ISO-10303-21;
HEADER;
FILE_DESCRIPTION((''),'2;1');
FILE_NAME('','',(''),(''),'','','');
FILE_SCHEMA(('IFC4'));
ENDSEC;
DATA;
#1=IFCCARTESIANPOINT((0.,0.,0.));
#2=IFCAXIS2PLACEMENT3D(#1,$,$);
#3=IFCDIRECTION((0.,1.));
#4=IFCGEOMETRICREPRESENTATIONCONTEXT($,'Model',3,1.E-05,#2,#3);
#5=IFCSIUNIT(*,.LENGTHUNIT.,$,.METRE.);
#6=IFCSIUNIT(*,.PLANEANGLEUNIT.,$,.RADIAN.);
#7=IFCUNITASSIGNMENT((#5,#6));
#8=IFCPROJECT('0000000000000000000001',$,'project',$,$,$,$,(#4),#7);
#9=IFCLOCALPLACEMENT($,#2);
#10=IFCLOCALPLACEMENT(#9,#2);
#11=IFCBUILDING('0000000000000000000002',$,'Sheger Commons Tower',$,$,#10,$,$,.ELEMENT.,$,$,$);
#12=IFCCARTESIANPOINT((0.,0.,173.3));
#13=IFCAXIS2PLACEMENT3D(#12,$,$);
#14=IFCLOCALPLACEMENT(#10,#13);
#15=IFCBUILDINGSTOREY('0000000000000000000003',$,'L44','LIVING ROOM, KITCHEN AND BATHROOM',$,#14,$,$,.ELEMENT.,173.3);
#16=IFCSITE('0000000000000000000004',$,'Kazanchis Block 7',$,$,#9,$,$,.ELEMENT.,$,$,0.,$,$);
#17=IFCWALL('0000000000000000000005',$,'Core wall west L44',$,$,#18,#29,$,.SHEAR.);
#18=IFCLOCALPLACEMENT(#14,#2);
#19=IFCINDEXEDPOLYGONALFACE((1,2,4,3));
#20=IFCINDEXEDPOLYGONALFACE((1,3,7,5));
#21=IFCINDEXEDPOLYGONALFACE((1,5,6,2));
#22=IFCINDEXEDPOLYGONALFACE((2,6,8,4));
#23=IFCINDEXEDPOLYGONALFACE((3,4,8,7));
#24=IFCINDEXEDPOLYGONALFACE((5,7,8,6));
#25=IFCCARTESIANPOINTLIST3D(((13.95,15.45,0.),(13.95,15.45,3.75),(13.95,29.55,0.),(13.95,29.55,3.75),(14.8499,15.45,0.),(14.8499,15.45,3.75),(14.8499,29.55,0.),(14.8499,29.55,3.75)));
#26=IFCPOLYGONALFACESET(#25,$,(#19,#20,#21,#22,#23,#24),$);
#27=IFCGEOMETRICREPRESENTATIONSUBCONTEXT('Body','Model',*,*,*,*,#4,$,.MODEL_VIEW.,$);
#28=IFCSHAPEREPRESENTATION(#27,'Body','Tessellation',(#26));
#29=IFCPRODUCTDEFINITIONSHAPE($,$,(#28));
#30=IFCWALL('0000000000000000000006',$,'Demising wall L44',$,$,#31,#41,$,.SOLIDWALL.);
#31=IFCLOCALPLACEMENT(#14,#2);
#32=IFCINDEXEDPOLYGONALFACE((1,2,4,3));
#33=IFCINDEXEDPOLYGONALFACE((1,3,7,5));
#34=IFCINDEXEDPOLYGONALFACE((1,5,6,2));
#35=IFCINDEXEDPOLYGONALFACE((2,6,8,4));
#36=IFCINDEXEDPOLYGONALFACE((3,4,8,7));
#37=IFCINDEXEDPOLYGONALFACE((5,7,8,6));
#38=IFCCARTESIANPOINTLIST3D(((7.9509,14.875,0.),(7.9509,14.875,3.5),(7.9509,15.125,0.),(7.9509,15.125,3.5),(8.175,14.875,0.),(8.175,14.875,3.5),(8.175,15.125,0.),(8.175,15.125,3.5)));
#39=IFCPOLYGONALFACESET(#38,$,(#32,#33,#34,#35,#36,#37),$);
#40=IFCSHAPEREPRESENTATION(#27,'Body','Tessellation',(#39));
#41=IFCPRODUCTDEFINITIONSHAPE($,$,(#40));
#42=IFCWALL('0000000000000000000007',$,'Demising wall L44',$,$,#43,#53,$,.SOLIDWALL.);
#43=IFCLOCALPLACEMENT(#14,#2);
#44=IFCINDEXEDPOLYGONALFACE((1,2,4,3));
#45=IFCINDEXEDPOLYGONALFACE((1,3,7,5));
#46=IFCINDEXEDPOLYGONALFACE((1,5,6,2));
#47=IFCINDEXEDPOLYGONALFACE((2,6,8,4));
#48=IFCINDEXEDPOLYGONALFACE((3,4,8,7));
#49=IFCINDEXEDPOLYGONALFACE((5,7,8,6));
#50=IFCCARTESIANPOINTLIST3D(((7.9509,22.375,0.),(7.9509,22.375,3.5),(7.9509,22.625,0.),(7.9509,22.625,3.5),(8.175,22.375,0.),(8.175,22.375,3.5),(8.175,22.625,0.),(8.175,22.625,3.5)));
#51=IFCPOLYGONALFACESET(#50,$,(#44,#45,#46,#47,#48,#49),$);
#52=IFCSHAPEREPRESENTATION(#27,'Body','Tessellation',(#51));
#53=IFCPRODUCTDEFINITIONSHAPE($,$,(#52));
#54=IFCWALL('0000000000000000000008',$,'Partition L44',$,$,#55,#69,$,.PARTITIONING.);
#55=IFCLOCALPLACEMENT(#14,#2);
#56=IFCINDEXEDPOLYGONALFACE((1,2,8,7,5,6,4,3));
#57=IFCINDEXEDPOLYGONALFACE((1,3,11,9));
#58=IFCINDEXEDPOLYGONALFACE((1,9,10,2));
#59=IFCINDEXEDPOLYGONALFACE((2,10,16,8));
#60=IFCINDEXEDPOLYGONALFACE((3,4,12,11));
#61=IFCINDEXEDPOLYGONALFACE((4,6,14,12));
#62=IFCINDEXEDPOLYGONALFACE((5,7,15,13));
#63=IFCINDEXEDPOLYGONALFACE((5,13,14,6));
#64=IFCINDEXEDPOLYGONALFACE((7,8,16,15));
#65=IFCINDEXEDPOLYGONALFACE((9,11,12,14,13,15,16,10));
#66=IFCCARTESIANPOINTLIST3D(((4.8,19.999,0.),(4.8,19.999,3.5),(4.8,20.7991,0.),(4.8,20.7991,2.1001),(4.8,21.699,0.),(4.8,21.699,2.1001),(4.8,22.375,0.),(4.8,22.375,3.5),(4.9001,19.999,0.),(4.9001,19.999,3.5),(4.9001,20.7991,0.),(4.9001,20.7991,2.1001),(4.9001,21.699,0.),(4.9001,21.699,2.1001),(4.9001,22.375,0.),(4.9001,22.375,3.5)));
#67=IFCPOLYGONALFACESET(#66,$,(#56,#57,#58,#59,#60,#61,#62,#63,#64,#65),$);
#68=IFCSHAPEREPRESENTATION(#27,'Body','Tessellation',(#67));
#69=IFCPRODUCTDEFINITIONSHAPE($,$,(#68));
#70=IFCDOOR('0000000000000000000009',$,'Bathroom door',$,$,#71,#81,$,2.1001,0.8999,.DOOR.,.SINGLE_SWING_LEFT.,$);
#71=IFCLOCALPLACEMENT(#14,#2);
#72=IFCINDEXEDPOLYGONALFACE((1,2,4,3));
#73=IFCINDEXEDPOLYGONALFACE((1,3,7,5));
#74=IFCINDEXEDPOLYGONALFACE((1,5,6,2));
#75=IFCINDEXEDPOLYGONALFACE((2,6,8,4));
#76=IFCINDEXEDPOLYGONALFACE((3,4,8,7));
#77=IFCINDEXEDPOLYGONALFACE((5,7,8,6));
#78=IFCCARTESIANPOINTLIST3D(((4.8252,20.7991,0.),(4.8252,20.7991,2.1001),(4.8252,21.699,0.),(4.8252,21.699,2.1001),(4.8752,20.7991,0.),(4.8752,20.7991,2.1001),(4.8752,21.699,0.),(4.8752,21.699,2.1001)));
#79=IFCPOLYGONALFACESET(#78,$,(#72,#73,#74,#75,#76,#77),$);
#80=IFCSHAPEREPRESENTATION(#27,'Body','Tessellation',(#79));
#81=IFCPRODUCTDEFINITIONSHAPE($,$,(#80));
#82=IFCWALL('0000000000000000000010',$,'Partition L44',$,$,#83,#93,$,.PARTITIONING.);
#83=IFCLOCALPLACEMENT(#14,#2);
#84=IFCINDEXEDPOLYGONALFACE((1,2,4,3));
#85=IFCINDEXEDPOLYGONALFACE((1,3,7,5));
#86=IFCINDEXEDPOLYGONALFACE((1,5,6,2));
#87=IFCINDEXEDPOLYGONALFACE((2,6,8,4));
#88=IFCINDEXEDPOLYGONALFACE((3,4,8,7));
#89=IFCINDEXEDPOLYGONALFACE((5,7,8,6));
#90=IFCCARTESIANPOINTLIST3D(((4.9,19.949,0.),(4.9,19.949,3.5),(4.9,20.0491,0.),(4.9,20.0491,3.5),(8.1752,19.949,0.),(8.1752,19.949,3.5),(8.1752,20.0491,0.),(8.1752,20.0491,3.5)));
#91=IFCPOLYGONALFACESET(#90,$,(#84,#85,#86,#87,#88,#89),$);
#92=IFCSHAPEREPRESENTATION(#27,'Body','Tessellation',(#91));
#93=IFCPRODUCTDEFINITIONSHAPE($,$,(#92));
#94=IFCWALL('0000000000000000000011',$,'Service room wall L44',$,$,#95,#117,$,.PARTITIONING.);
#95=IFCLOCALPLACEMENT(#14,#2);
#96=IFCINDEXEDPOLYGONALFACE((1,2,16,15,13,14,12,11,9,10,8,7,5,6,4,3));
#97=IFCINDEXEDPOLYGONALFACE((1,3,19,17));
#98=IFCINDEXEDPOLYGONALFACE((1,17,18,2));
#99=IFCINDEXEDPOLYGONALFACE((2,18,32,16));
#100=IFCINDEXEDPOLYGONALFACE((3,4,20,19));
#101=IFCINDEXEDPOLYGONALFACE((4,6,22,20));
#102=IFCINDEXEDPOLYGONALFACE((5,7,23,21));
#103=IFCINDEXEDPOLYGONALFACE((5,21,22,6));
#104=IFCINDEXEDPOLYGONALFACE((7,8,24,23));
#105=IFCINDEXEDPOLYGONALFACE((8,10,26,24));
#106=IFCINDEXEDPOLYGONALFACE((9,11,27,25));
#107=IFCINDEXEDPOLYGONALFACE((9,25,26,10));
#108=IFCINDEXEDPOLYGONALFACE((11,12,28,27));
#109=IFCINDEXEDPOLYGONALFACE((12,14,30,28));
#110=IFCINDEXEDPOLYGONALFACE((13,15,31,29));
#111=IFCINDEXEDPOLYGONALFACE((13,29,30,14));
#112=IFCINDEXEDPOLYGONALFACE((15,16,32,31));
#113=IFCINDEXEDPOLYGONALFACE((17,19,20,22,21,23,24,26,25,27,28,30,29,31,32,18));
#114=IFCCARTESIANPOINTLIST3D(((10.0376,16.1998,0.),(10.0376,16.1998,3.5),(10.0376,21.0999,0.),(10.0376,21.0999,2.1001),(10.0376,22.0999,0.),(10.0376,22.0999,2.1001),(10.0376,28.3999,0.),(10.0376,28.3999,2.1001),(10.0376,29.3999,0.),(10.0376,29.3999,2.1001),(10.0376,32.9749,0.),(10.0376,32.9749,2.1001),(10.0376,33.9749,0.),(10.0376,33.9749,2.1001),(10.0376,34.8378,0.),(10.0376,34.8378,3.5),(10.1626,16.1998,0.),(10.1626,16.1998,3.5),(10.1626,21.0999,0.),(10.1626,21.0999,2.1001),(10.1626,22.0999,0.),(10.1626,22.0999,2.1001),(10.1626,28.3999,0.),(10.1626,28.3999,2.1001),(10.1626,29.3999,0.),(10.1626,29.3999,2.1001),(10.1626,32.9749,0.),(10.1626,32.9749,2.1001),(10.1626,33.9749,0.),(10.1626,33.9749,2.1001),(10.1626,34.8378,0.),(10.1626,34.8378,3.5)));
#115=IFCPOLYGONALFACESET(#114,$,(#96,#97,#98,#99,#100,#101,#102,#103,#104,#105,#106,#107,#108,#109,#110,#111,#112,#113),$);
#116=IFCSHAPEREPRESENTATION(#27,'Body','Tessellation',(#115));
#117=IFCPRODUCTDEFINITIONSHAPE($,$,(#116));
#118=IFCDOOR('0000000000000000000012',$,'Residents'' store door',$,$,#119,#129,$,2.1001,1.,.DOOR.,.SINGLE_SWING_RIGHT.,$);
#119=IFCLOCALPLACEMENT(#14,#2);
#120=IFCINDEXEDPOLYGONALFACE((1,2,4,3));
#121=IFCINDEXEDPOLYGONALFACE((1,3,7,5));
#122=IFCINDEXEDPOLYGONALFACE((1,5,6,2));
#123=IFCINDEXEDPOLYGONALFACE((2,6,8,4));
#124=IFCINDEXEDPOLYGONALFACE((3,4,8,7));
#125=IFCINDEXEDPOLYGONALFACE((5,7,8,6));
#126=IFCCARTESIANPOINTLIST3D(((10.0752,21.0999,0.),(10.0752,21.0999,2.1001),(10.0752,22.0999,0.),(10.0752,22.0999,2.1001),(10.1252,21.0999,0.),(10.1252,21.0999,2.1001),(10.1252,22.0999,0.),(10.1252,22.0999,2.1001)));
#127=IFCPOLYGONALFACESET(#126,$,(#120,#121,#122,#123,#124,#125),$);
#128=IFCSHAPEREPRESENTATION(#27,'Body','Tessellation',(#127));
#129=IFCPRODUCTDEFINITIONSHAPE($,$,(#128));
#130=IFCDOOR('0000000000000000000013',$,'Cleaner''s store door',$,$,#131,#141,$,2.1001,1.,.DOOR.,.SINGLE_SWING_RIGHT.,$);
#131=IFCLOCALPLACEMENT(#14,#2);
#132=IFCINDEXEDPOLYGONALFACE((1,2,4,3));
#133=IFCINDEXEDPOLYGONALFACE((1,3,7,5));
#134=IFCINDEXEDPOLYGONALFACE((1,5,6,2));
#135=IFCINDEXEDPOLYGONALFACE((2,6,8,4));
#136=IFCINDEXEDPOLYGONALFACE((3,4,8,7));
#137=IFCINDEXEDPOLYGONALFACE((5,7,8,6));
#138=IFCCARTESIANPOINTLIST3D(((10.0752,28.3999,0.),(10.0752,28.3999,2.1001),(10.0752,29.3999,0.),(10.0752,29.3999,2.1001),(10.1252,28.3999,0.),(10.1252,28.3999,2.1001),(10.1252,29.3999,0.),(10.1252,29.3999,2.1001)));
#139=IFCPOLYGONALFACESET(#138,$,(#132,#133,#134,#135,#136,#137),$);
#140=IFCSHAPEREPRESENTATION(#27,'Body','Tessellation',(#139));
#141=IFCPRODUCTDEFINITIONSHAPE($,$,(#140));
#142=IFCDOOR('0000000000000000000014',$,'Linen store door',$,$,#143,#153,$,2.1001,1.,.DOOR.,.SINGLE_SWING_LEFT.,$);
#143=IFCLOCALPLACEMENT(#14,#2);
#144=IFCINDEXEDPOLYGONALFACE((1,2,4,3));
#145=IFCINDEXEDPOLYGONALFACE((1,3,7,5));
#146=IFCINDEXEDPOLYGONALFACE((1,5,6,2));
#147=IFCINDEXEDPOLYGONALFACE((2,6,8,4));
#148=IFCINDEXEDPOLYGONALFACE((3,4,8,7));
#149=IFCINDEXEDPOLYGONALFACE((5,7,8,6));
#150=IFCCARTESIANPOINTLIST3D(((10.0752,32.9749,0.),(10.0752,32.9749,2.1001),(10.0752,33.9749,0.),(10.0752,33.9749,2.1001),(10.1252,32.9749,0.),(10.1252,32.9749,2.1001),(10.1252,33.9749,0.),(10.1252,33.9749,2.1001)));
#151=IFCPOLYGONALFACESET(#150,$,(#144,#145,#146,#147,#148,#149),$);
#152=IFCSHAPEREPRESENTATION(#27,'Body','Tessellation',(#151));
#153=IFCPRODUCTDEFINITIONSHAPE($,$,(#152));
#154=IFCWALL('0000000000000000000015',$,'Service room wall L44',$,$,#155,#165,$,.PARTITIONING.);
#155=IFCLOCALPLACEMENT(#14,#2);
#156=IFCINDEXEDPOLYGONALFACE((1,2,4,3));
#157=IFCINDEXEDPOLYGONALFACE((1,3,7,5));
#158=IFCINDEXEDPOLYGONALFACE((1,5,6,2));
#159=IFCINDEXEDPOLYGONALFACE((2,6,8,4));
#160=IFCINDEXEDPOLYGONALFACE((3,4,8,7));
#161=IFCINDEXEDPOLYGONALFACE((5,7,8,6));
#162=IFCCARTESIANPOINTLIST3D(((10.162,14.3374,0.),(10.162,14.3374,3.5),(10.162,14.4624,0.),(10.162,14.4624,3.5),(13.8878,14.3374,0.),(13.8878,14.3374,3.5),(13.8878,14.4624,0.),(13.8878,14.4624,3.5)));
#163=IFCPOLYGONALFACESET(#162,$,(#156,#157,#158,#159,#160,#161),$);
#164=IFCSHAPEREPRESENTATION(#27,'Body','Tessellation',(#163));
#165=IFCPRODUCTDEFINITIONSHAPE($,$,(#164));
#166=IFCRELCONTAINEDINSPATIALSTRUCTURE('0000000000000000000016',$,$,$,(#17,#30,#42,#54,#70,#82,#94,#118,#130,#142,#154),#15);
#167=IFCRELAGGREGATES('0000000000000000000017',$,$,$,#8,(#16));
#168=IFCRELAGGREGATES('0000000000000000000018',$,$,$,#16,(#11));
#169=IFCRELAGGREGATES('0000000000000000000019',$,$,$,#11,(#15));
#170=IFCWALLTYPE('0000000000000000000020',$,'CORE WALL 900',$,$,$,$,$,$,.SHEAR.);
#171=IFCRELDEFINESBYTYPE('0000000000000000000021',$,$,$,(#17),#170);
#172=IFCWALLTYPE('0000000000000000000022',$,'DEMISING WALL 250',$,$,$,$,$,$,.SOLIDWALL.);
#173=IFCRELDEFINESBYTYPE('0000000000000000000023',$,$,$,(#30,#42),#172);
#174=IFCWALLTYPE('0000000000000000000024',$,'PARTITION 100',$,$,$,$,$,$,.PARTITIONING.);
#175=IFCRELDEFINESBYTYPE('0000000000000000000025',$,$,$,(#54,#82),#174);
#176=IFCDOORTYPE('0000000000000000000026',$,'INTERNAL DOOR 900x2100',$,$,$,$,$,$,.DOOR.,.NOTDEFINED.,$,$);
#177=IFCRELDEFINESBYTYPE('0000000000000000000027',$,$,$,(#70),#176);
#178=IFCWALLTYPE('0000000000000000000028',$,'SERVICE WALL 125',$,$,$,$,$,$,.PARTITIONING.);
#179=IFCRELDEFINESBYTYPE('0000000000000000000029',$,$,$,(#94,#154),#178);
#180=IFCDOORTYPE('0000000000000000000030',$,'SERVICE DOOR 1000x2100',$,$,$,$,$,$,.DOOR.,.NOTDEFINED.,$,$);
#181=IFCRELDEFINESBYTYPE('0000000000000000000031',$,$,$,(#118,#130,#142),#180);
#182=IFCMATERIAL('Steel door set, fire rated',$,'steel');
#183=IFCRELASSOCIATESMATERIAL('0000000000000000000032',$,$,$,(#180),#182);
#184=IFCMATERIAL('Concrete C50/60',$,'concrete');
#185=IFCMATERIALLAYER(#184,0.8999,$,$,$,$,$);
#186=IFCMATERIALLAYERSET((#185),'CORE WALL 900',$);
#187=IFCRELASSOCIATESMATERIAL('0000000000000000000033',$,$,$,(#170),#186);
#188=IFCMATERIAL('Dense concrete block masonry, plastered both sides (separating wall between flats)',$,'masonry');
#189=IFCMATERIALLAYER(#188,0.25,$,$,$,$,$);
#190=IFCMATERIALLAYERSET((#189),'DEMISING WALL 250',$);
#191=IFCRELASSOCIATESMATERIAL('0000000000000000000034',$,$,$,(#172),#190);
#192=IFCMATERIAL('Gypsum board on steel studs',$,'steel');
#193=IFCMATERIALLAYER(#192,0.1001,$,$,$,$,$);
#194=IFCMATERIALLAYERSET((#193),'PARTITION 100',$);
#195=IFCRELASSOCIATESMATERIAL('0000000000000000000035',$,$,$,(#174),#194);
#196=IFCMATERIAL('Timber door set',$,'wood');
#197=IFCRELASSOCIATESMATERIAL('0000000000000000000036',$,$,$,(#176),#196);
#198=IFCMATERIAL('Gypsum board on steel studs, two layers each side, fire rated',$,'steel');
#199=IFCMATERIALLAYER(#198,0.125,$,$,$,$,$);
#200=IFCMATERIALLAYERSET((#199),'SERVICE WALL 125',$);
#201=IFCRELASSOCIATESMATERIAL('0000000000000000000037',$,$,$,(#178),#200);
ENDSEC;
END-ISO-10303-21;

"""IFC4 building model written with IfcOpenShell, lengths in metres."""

from ifc_helpers import new_model, si_unit, direction, frame, frame_2d, origin, place, context, subcontext, project, spatial, rectangle, extrude, material, layer, layer_set, type_object, element, fill, save


model = new_model("IFC4")

# Units and contexts
model_context = context("Model", 3, precision=1e-05, world=origin(), true_north=direction((0.0, 1.0)))
body_context = subcontext(model_context, "Body", "Model", "MODEL_VIEW")
ifc_project = project(units=[si_unit("LENGTHUNIT", "METRE"), si_unit("PLANEANGLEUNIT", "RADIAN")], contexts=[model_context])

# Site, building, storey
site_placement = place(None, origin())
site = spatial("IfcSite", under=ifc_project, at=site_placement, Name="Kazanchis Block 7", CompositionType="ELEMENT", RefElevation=0.0)
building_placement = place(site_placement, origin())
building = spatial("IfcBuilding", under=site, at=building_placement, Name="Sheger Commons Tower", CompositionType="ELEMENT")
storey_placement = place(building_placement, frame((0.0, 0.0, 173.3)))
storey = spatial("IfcBuildingStorey", under=building, at=storey_placement, Name="L44", Description="LIVING ROOM, KITCHEN AND BATHROOM", CompositionType="ELEMENT", Elevation=173.3)

# Shared definitions
ifc_material_1 = material(Name="Steel door set, fire rated", Category="steel")
door_type_1 = type_object("IfcDoorType", Name="SERVICE DOOR 1000x2100", OperationType="NOTDEFINED", PredefinedType="DOOR", material=ifc_material_1)
ifc_material_2 = material(Name="Concrete C50/60", Category="concrete")
ifc_layer_1 = layer(ifc_material_2, 0.8999)
ifc_layer_set_1 = layer_set([ifc_layer_1], Name="CORE WALL 900")
wall_type_1 = type_object("IfcWallType", Name="CORE WALL 900", PredefinedType="SHEAR", material=ifc_layer_set_1)

# Walls
wall_1_placement = place(storey_placement, frame((14.3999, 15.45, 0.0), z_axis=(0.0, 0.0, 1.0), x_axis=(0.0, 1.0, 0.0)))
element("IfcWall", 1, at=wall_1_placement, inside=storey, type_object=wall_type_1, Name="Core wall west L44", PredefinedType="SHEAR", context=body_context, shape_type="SweptSolid", body=[
    extrude(rectangle(XDim=14.1001, YDim=0.8999, at=frame_2d((7.05, 0.0))), origin(), (0.0, 0.0, 1.0), 3.75),
])
ifc_material_3 = material(Name="Dense concrete block masonry, plastered both sides (separating wall between flats)", Category="masonry")
ifc_layer_2 = layer(ifc_material_3, 0.25)
ifc_layer_set_2 = layer_set([ifc_layer_2], Name="DEMISING WALL 250")
wall_type_2 = type_object("IfcWallType", Name="DEMISING WALL 250", PredefinedType="SOLIDWALL", material=ifc_layer_set_2)
for number, where, z_axis, x_axis, name in (
    (2, (7.9509, 15.0, 0.0), (0.0, 0.0, 1.0), (1.0, 0.0, 0.0), "Demising wall L44"),
    (3, (7.9509, 22.5, 0.0), (0.0, 0.0, 1.0), (1.0, 0.0, 0.0), "Demising wall L44"),
):
    element("IfcWall", number, at=place(storey_placement, frame(where, z_axis=z_axis, x_axis=x_axis)), inside=storey, type_object=wall_type_2, Name=name, PredefinedType="SOLIDWALL", context=body_context, shape_type="SweptSolid", body=[
        extrude(rectangle(XDim=0.2241, YDim=0.25, at=frame_2d((0.1121, 0.0))), origin(), (0.0, 0.0, 1.0), 3.5),
    ])

# Wall, opening, door
ifc_material_4 = material(Name="Gypsum board on steel studs", Category="steel")
ifc_layer_3 = layer(ifc_material_4, 0.1001)
ifc_layer_set_3 = layer_set([ifc_layer_3], Name="PARTITION 100")
wall_type_3 = type_object("IfcWallType", Name="PARTITION 100", PredefinedType="PARTITIONING", material=ifc_layer_set_3)
wall_2_placement = place(storey_placement, frame((4.8501, 19.999, 0.0), z_axis=(0.0, 0.0, 1.0), x_axis=(0.0, 1.0, 0.0)))
wall_2 = element("IfcWall", 4, at=wall_2_placement, inside=storey, type_object=wall_type_3, Name="Partition L44", PredefinedType="PARTITIONING", context=body_context, shape_type="SweptSolid", body=[
    extrude(rectangle(XDim=2.376, YDim=0.1001, at=frame_2d((1.188, 0.0))), origin(), (0.0, 0.0, 1.0), 3.5),
])
opening_1_placement = place(wall_2_placement, frame((0.8, 0.0, 0.0)))
opening_1 = element("IfcOpeningElement", 5, at=opening_1_placement, cuts=wall_2, PredefinedType="OPENING", context=body_context, shape_type="SweptSolid", body=[
    extrude(rectangle(XDim=0.8999, YDim=2.1001, at=frame_2d((0.45, 1.05))), frame((0.0, 0.0601, 0.0), z_axis=(0.0, -1.0, 0.0), x_axis=(1.0, 0.0, 0.0)), (0.0, 0.0, 1.0), 0.1201),
])
ifc_material_5 = material(Name="Timber door set", Category="wood")
door_type_2 = type_object("IfcDoorType", Name="INTERNAL DOOR 900x2100", OperationType="NOTDEFINED", PredefinedType="DOOR", material=ifc_material_5)
door_1_placement = place(opening_1_placement, origin())
door_1 = element("IfcDoor", 6, at=door_1_placement, inside=storey, type_object=door_type_2, Name="Bathroom door", OperationType="SINGLE_SWING_LEFT", OverallHeight=2.1001, OverallWidth=0.8999, PredefinedType="DOOR", context=body_context, shape_type="SweptSolid", body=[
    extrude(rectangle(XDim=0.8999, YDim=2.1001, at=frame_2d((0.45, 1.05))), frame((0.0, 0.0249, 0.0), z_axis=(0.0, -1.0, 0.0), x_axis=(1.0, 0.0, 0.0)), (0.0, 0.0, 1.0), 0.05),
])
fill(opening_1, door_1)

# Wall
wall_3_placement = place(storey_placement, frame((4.8999, 19.999, 0.0), z_axis=(0.0, 0.0, 1.0), x_axis=(1.0, 0.0, 0.0)))
element("IfcWall", 7, at=wall_3_placement, inside=storey, type_object=wall_type_3, Name="Partition L44", PredefinedType="PARTITIONING", context=body_context, shape_type="SweptSolid", body=[
    extrude(rectangle(XDim=3.2751, YDim=0.1001, at=frame_2d((1.6377, 0.0))), origin(), (0.0, 0.0, 1.0), 3.5),
])

# Wall, openings, doors
ifc_material_6 = material(Name="Gypsum board on steel studs, two layers each side, fire rated", Category="steel")
ifc_layer_4 = layer(ifc_material_6, 0.125)
ifc_layer_set_4 = layer_set([ifc_layer_4], Name="SERVICE WALL 125")
wall_type_4 = type_object("IfcWallType", Name="SERVICE WALL 125", PredefinedType="PARTITIONING", material=ifc_layer_set_4)
wall_4_placement = place(storey_placement, frame((10.1001, 16.2, 0.0), z_axis=(0.0, 0.0, 1.0), x_axis=(0.0, 1.0, 0.0)))
wall_4 = element("IfcWall", 8, at=wall_4_placement, inside=storey, type_object=wall_type_4, Name="Service room wall L44", PredefinedType="PARTITIONING", context=body_context, shape_type="SweptSolid", body=[
    extrude(rectangle(XDim=18.6379, YDim=0.125, at=frame_2d((9.3188, 0.0))), origin(), (0.0, 0.0, 1.0), 3.5),
])
opening_2_placement = place(wall_4_placement, frame((4.8999, 0.0, 0.0)))
opening_2 = element("IfcOpeningElement", 9, at=opening_2_placement, cuts=wall_4, PredefinedType="OPENING", context=body_context, shape_type="SweptSolid", body=[
    extrude(rectangle(XDim=1.0, YDim=2.1001, at=frame_2d((0.5, 1.05))), frame((0.0, 0.0725, 0.0), z_axis=(0.0, -1.0, 0.0), x_axis=(1.0, 0.0, 0.0)), (0.0, 0.0, 1.0), 0.145),
])
opening_3_placement = place(wall_4_placement, frame((12.2, 0.0, 0.0)))
opening_3 = element("IfcOpeningElement", 10, at=opening_3_placement, cuts=wall_4, PredefinedType="OPENING", context=body_context, shape_type="SweptSolid", body=[
    extrude(rectangle(XDim=1.0, YDim=2.1001, at=frame_2d((0.5, 1.05))), frame((0.0, 0.0725, 0.0), z_axis=(0.0, -1.0, 0.0), x_axis=(1.0, 0.0, 0.0)), (0.0, 0.0, 1.0), 0.145),
])
opening_4_placement = place(wall_4_placement, frame((16.7749, 0.0, 0.0)))
opening_4 = element("IfcOpeningElement", 11, at=opening_4_placement, cuts=wall_4, PredefinedType="OPENING", context=body_context, shape_type="SweptSolid", body=[
    extrude(rectangle(XDim=1.0, YDim=2.1001, at=frame_2d((0.5, 1.05))), frame((0.0, 0.0725, 0.0), z_axis=(0.0, -1.0, 0.0), x_axis=(1.0, 0.0, 0.0)), (0.0, 0.0, 1.0), 0.145),
])
door_2_placement = place(opening_2_placement, origin())
door_2 = element("IfcDoor", 12, at=door_2_placement, inside=storey, type_object=door_type_1, Name="Residents' store door", OperationType="SINGLE_SWING_RIGHT", OverallHeight=2.1001, OverallWidth=1.0, PredefinedType="DOOR", context=body_context, shape_type="SweptSolid", body=[
    extrude(rectangle(XDim=1.0, YDim=2.1001, at=frame_2d((0.5, 1.05))), frame((0.0, 0.0249, 0.0), z_axis=(0.0, -1.0, 0.0), x_axis=(1.0, 0.0, 0.0)), (0.0, 0.0, 1.0), 0.05),
])
fill(opening_2, door_2)
door_3_placement = place(opening_3_placement, origin())
door_3 = element("IfcDoor", 13, at=door_3_placement, inside=storey, type_object=door_type_1, Name="Cleaner's store door", OperationType="SINGLE_SWING_RIGHT", OverallHeight=2.1001, OverallWidth=1.0, PredefinedType="DOOR", context=body_context, shape_type="SweptSolid", body=[
    extrude(rectangle(XDim=1.0, YDim=2.1001, at=frame_2d((0.5, 1.05))), frame((0.0, 0.0249, 0.0), z_axis=(0.0, -1.0, 0.0), x_axis=(1.0, 0.0, 0.0)), (0.0, 0.0, 1.0), 0.05),
])
fill(opening_3, door_3)
door_4_placement = place(opening_4_placement, origin())
door_4 = element("IfcDoor", 14, at=door_4_placement, inside=storey, type_object=door_type_1, Name="Linen store door", OperationType="SINGLE_SWING_LEFT", OverallHeight=2.1001, OverallWidth=1.0, PredefinedType="DOOR", context=body_context, shape_type="SweptSolid", body=[
    extrude(rectangle(XDim=1.0, YDim=2.1001, at=frame_2d((0.5, 1.05))), frame((0.0, 0.0249, 0.0), z_axis=(0.0, -1.0, 0.0), x_axis=(1.0, 0.0, 0.0)), (0.0, 0.0, 1.0), 0.05),
])
fill(opening_4, door_4)

# Wall
wall_5_placement = place(storey_placement, frame((10.1621, 14.3999, 0.0), z_axis=(0.0, 0.0, 1.0), x_axis=(1.0, 0.0, 0.0)))
element("IfcWall", 15, at=wall_5_placement, inside=storey, type_object=wall_type_4, Name="Service room wall L44", PredefinedType="PARTITIONING", context=body_context, shape_type="SweptSolid", body=[
    extrude(rectangle(XDim=3.7258, YDim=0.125, at=frame_2d((1.8628, 0.0))), origin(), (0.0, 0.0, 1.0), 3.5),
])

save(model, "model.ifc")
